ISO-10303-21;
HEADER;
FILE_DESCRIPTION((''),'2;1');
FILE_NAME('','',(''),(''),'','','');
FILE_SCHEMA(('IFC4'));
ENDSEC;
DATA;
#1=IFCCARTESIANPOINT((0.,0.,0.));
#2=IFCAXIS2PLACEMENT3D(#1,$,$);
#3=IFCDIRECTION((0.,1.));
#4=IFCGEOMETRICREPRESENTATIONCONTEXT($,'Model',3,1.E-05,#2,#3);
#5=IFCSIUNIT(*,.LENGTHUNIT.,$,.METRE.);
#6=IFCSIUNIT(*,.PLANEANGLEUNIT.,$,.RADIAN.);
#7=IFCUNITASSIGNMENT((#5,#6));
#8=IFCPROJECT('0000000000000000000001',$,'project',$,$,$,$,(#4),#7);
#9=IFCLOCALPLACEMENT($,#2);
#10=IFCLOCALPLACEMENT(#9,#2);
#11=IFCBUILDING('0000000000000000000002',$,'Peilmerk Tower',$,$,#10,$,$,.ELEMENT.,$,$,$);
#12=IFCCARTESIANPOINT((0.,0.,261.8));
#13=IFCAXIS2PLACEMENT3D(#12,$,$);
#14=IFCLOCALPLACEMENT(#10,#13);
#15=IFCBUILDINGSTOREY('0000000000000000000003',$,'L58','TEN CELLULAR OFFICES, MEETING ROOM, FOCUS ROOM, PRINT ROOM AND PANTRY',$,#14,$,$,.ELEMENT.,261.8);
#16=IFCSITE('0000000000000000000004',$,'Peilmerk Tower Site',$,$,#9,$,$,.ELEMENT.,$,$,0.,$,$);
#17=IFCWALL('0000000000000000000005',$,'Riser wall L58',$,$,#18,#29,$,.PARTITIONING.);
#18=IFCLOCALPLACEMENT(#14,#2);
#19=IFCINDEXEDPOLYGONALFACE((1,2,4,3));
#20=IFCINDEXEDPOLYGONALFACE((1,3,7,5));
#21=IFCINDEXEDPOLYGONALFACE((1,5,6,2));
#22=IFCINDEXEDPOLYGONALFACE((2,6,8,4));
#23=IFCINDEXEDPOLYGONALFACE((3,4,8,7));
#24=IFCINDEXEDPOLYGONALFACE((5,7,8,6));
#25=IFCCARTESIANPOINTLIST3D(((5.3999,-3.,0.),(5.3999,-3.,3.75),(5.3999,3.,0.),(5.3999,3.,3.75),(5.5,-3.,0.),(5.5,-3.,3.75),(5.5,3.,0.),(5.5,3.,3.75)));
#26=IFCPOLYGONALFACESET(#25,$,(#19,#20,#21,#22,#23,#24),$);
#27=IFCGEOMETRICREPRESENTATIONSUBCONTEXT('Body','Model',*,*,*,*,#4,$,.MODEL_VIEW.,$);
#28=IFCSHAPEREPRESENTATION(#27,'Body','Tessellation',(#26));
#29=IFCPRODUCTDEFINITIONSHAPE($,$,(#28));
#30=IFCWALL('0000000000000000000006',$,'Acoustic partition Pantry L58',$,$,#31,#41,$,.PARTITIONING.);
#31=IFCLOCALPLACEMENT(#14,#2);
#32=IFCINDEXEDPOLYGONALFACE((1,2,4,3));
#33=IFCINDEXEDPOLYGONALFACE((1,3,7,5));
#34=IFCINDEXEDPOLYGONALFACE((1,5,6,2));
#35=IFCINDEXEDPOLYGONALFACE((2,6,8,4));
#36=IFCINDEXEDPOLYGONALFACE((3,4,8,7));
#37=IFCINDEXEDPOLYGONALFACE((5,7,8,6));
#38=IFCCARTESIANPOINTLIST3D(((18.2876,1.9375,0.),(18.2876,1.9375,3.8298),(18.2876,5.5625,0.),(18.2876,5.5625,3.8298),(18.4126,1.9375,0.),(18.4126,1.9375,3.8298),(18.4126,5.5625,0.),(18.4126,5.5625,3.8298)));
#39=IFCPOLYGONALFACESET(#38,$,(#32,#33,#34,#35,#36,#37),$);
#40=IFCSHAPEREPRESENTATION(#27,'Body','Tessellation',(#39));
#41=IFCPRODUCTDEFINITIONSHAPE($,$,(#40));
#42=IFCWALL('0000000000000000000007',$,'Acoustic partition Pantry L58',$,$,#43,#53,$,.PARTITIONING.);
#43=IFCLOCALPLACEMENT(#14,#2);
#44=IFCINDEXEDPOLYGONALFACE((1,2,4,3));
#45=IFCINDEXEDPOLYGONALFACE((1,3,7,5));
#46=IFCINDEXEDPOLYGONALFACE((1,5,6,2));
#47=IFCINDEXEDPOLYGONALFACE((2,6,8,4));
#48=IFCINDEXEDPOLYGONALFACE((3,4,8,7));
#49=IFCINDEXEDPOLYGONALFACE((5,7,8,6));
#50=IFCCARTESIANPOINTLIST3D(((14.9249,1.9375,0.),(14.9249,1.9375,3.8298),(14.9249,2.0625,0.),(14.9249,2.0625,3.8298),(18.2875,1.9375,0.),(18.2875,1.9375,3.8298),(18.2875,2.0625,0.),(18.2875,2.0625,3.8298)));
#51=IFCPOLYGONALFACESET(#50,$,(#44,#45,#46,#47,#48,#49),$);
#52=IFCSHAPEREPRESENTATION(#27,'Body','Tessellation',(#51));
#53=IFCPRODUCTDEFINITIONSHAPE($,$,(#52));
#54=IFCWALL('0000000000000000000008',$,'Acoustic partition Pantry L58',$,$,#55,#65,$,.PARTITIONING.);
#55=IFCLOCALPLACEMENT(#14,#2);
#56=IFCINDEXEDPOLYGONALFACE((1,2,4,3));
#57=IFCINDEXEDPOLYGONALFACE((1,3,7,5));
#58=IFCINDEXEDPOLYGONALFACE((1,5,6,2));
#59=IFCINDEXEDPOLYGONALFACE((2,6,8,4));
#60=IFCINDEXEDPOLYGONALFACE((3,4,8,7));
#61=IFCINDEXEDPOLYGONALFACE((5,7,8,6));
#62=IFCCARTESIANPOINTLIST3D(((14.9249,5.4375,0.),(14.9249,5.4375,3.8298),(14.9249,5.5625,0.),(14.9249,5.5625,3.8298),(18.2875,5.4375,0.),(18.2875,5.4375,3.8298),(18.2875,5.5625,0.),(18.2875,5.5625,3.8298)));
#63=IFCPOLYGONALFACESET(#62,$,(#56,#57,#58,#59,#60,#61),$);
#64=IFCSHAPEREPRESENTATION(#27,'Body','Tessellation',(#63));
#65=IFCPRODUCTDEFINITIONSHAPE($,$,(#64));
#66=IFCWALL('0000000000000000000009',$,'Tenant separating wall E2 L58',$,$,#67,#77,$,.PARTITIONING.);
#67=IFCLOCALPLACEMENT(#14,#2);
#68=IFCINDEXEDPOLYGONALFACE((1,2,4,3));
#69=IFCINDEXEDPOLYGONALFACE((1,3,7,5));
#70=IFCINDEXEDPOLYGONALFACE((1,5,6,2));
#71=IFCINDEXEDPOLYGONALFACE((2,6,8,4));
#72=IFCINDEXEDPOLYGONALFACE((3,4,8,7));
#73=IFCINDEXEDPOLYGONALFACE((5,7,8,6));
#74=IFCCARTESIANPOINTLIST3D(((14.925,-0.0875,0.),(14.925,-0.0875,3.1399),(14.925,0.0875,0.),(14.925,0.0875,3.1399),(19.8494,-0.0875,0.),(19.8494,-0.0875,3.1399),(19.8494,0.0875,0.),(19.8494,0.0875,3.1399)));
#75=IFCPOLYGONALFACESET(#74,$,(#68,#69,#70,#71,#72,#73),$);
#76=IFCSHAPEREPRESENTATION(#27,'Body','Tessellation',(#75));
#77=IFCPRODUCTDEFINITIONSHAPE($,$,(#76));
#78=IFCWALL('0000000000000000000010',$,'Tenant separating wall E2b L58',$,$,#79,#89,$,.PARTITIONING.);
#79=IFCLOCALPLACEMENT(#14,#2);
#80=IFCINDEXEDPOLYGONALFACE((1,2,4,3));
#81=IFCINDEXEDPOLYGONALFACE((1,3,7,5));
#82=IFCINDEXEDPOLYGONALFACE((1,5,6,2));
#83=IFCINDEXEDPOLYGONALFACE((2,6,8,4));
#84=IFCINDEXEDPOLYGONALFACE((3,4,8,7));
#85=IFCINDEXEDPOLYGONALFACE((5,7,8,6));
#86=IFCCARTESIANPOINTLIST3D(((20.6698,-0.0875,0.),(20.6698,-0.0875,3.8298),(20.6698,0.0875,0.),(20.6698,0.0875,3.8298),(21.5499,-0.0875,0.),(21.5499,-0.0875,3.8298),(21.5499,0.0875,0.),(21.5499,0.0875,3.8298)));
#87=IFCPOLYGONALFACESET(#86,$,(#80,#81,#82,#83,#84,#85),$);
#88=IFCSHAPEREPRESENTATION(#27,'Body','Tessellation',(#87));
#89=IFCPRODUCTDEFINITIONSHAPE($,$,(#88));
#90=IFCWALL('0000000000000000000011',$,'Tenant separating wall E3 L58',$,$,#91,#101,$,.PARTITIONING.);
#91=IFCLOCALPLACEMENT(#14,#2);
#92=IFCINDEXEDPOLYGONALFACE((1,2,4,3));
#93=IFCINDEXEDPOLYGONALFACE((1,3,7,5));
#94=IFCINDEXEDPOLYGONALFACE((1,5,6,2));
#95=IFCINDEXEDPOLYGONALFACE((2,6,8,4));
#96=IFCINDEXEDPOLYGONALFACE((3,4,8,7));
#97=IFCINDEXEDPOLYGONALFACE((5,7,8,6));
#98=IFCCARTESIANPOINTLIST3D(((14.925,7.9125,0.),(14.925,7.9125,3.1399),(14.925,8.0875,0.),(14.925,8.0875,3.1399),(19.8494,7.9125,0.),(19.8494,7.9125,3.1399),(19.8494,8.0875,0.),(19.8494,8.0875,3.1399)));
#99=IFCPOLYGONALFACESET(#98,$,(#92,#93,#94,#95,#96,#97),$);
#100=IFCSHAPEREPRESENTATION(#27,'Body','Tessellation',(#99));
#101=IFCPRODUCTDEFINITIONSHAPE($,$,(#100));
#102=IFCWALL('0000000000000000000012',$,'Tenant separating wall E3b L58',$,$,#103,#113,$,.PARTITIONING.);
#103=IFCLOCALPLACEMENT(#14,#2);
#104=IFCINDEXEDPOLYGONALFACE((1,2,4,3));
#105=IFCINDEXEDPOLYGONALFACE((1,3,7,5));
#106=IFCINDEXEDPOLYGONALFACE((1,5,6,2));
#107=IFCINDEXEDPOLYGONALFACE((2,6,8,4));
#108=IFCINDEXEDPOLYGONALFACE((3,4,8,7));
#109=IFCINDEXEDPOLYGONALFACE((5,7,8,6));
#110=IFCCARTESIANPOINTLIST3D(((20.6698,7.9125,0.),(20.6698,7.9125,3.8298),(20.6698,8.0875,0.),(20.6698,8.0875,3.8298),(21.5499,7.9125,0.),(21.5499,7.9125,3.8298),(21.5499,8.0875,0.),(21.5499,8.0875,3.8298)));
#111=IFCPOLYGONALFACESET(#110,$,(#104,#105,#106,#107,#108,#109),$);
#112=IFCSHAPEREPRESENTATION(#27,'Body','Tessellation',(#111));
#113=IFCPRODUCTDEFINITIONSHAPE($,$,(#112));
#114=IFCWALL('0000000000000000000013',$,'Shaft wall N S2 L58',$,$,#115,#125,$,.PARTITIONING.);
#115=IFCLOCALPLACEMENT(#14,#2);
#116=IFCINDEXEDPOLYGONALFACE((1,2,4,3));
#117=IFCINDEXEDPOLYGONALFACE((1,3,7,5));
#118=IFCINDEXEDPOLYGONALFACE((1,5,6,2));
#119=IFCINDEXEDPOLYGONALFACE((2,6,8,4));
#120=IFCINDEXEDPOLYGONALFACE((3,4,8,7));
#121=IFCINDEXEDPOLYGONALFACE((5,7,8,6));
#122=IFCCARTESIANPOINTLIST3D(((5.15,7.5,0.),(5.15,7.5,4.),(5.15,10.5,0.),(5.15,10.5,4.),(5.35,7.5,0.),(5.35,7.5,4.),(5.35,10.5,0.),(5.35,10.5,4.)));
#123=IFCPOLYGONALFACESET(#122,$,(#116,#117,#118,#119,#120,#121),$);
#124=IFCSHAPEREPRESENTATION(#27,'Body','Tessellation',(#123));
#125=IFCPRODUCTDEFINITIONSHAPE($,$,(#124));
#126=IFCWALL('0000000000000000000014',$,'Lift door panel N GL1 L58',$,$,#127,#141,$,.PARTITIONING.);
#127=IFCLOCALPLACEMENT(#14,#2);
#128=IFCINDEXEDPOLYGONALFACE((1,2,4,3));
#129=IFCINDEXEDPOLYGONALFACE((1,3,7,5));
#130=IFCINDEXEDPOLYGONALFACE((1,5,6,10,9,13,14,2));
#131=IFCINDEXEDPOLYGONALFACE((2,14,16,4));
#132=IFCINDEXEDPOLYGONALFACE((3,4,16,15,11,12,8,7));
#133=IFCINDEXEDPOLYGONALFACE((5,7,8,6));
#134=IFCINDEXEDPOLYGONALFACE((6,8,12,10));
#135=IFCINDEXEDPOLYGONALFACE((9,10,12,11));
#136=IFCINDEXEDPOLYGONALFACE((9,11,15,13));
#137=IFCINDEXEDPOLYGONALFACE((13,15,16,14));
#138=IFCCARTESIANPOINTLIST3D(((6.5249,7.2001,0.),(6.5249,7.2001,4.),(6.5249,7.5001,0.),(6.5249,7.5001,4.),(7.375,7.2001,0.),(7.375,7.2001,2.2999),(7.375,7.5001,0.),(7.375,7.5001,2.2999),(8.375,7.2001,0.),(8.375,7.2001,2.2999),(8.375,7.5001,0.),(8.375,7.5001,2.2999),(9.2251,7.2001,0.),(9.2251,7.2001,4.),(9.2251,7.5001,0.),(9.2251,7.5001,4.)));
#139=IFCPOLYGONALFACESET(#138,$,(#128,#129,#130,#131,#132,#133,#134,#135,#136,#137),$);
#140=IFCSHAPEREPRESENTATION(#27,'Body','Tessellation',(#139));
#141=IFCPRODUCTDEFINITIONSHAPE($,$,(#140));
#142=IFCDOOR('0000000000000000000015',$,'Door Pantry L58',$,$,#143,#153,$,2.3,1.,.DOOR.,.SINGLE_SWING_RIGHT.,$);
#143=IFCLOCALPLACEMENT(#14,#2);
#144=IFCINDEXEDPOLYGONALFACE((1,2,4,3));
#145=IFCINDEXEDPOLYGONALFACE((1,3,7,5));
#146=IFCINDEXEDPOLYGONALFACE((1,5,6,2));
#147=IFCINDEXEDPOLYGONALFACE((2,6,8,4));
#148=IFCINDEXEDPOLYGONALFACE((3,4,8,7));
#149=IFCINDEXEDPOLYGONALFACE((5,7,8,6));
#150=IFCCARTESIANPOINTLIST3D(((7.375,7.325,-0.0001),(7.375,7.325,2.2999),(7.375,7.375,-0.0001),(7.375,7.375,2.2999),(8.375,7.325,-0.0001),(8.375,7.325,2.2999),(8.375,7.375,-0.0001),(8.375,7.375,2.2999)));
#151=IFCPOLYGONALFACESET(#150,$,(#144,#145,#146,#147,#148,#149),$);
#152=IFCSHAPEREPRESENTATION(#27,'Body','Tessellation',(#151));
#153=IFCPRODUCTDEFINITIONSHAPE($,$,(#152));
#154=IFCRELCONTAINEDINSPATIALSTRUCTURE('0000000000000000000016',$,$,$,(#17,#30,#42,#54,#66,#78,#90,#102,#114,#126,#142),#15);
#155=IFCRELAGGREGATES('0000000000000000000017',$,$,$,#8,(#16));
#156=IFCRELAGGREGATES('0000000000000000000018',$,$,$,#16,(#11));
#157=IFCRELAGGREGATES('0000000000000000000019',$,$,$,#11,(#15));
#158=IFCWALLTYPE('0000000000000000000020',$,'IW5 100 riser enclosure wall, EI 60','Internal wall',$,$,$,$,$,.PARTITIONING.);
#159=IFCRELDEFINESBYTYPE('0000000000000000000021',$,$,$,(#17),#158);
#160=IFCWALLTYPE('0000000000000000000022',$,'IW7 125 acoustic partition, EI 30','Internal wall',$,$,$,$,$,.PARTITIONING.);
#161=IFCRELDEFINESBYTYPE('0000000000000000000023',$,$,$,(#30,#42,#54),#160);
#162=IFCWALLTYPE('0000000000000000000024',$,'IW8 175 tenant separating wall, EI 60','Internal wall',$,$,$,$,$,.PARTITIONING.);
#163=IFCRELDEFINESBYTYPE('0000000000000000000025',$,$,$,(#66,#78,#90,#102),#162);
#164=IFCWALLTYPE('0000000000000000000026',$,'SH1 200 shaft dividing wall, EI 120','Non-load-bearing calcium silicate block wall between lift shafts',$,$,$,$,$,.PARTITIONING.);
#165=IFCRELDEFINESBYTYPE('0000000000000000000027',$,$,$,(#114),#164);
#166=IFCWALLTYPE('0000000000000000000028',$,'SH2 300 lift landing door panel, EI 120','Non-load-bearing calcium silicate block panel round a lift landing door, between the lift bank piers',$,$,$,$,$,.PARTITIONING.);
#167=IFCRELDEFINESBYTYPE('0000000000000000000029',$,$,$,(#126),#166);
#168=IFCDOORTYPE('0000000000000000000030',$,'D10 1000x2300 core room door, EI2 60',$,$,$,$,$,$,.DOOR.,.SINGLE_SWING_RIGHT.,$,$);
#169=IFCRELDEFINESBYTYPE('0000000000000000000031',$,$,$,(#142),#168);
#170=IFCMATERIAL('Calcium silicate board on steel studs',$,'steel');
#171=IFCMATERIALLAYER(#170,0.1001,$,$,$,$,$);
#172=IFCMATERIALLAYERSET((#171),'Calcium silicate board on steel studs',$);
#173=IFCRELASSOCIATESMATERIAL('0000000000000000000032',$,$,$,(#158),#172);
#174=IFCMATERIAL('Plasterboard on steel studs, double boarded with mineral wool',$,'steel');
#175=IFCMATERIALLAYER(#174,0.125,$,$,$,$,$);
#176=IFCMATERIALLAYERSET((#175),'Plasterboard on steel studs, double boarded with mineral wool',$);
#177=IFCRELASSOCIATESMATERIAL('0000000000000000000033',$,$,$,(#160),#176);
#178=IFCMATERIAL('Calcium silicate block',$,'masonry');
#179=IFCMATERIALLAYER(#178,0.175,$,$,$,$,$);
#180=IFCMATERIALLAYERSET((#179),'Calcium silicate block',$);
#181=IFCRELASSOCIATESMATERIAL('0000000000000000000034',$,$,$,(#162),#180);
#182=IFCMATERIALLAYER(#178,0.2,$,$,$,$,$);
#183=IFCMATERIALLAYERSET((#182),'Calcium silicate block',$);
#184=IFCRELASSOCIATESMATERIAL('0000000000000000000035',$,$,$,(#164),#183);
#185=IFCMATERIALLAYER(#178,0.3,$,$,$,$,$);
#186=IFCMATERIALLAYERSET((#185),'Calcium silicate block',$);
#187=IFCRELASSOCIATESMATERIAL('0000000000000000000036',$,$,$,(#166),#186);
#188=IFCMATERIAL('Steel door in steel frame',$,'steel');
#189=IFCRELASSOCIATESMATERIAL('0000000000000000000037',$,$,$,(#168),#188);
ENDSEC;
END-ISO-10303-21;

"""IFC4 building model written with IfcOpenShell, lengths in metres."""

from ifc_helpers import new_model, si_unit, direction, frame, frame_2d, origin, place, context, subcontext, project, spatial, rectangle, extrude, material, layer, layer_set, type_object, element, fill, save


model = new_model("IFC4")

# Units and contexts
model_context = context("Model", 3, precision=1e-05, world=origin(), true_north=direction((0.0, 1.0)))
body_context = subcontext(model_context, "Body", "Model", "MODEL_VIEW")
ifc_project = project(units=[si_unit("LENGTHUNIT", "METRE"), si_unit("PLANEANGLEUNIT", "RADIAN")], contexts=[model_context])

# Site, building, storey
site_placement = place(None, origin())
site = spatial("IfcSite", under=ifc_project, at=site_placement, Name="Peilmerk Tower Site", CompositionType="ELEMENT", RefElevation=0.0)
building_placement = place(site_placement, origin())
building = spatial("IfcBuilding", under=site, at=building_placement, Name="Peilmerk Tower", CompositionType="ELEMENT")
storey_placement = place(building_placement, frame((0.0, 0.0, 261.8)))
storey = spatial("IfcBuildingStorey", under=building, at=storey_placement, Name="L58", Description="TEN CELLULAR OFFICES, MEETING ROOM, FOCUS ROOM, PRINT ROOM AND PANTRY", CompositionType="ELEMENT", Elevation=261.8)

# Walls
ifc_material_1 = material(Name="Calcium silicate board on steel studs", Category="steel")
ifc_layer_1 = layer(ifc_material_1, 0.1001)
ifc_layer_set_1 = layer_set([ifc_layer_1], Name="Calcium silicate board on steel studs")
wall_type_1 = type_object("IfcWallType", Name="IW5 100 riser enclosure wall, EI 60", Description="Internal wall", PredefinedType="PARTITIONING", material=ifc_layer_set_1)
wall_1_placement = place(storey_placement, frame((5.45, 3.0, 0.0), z_axis=(0.0, 0.0, 1.0), x_axis=(0.0, -1.0, 0.0)))
element("IfcWall", 1, at=wall_1_placement, inside=storey, type_object=wall_type_1, Name="Riser wall L58", PredefinedType="PARTITIONING", context=body_context, shape_type="SweptSolid", body=[
    extrude(rectangle(XDim=6.0, YDim=0.1001, at=frame_2d((3.0, 0.0))), origin(), (0.0, 0.0, 1.0), 3.75),
])
ifc_material_2 = material(Name="Plasterboard on steel studs, double boarded with mineral wool", Category="steel")
ifc_layer_2 = layer(ifc_material_2, 0.125)
ifc_layer_set_2 = layer_set([ifc_layer_2], Name="Plasterboard on steel studs, double boarded with mineral wool")
wall_type_2 = type_object("IfcWallType", Name="IW7 125 acoustic partition, EI 30", Description="Internal wall", PredefinedType="PARTITIONING", material=ifc_layer_set_2)
wall_2_placement = place(storey_placement, frame((18.3501, 1.9375, 0.0), z_axis=(0.0, 0.0, 1.0), x_axis=(0.0, 1.0, 0.0)))
element("IfcWall", 2, at=wall_2_placement, inside=storey, type_object=wall_type_2, Name="Acoustic partition Pantry L58", PredefinedType="PARTITIONING", context=body_context, shape_type="SweptSolid", body=[
    extrude(rectangle(XDim=3.625, YDim=0.125, at=frame_2d((1.8125, 0.0))), origin(), (0.0, 0.0, 1.0), 3.8298),
])
for number, where, z_axis, x_axis, name in (
    (3, (14.925, 2.0, 0.0), (0.0, 0.0, 1.0), (1.0, 0.0, 0.0), "Acoustic partition Pantry L58"),
    (4, (14.925, 5.5, 0.0), (0.0, 0.0, 1.0), (1.0, 0.0, 0.0), "Acoustic partition Pantry L58"),
):
    element("IfcWall", number, at=place(storey_placement, frame(where, z_axis=z_axis, x_axis=x_axis)), inside=storey, type_object=wall_type_2, Name=name, PredefinedType="PARTITIONING", context=body_context, shape_type="SweptSolid", body=[
        extrude(rectangle(XDim=3.3625, YDim=0.125, at=frame_2d((1.6812, 0.0))), origin(), (0.0, 0.0, 1.0), 3.8298),
    ])
ifc_material_3 = material(Name="Calcium silicate block", Category="masonry")
ifc_layer_3 = layer(ifc_material_3, 0.175)
ifc_layer_set_3 = layer_set([ifc_layer_3], Name="Calcium silicate block")
wall_type_3 = type_object("IfcWallType", Name="IW8 175 tenant separating wall, EI 60", Description="Internal wall", PredefinedType="PARTITIONING", material=ifc_layer_set_3)
wall_3_placement = place(storey_placement, frame((14.925, 0.0, 0.0), z_axis=(0.0, 0.0, 1.0), x_axis=(1.0, 0.0, 0.0)))
element("IfcWall", 5, at=wall_3_placement, inside=storey, type_object=wall_type_3, Name="Tenant separating wall E2 L58", PredefinedType="PARTITIONING", context=body_context, shape_type="SweptSolid", body=[
    extrude(rectangle(XDim=4.9243, YDim=0.175, at=frame_2d((2.4622, 0.0))), origin(), (0.0, 0.0, 1.0), 3.1399),
])
wall_4_placement = place(storey_placement, frame((20.6699, 0.0, 0.0), z_axis=(0.0, 0.0, 1.0), x_axis=(1.0, 0.0, 0.0)))
element("IfcWall", 6, at=wall_4_placement, inside=storey, type_object=wall_type_3, Name="Tenant separating wall E2b L58", PredefinedType="PARTITIONING", context=body_context, shape_type="SweptSolid", body=[
    extrude(rectangle(XDim=0.8801, YDim=0.175, at=frame_2d((0.4399, 0.0))), origin(), (0.0, 0.0, 1.0), 3.8298),
])
wall_5_placement = place(storey_placement, frame((14.925, 8.0, 0.0), z_axis=(0.0, 0.0, 1.0), x_axis=(1.0, 0.0, 0.0)))
element("IfcWall", 7, at=wall_5_placement, inside=storey, type_object=wall_type_3, Name="Tenant separating wall E3 L58", PredefinedType="PARTITIONING", context=body_context, shape_type="SweptSolid", body=[
    extrude(rectangle(XDim=4.9243, YDim=0.175, at=frame_2d((2.4622, 0.0))), origin(), (0.0, 0.0, 1.0), 3.1399),
])
wall_6_placement = place(storey_placement, frame((20.6699, 8.0, 0.0), z_axis=(0.0, 0.0, 1.0), x_axis=(1.0, 0.0, 0.0)))
element("IfcWall", 8, at=wall_6_placement, inside=storey, type_object=wall_type_3, Name="Tenant separating wall E3b L58", PredefinedType="PARTITIONING", context=body_context, shape_type="SweptSolid", body=[
    extrude(rectangle(XDim=0.8801, YDim=0.175, at=frame_2d((0.4399, 0.0))), origin(), (0.0, 0.0, 1.0), 3.8298),
])
ifc_layer_4 = layer(ifc_material_3, 0.2)
ifc_layer_set_4 = layer_set([ifc_layer_4], Name="Calcium silicate block")
wall_type_4 = type_object("IfcWallType", Name="SH1 200 shaft dividing wall, EI 120", Description="Non-load-bearing calcium silicate block wall between lift shafts", PredefinedType="PARTITIONING", material=ifc_layer_set_4)
wall_7_placement = place(storey_placement, frame((5.25, 7.5, 0.0), z_axis=(0.0, 0.0, 1.0), x_axis=(0.0, 1.0, 0.0)))
element("IfcWall", 9, at=wall_7_placement, inside=storey, type_object=wall_type_4, Name="Shaft wall N S2 L58", PredefinedType="PARTITIONING", context=body_context, shape_type="SweptSolid", body=[
    extrude(rectangle(XDim=3.0, YDim=0.2, at=frame_2d((1.5, 0.0))), origin(), (0.0, 0.0, 1.0), 4.0),
])

# Wall, opening, door
ifc_layer_5 = layer(ifc_material_3, 0.3)
ifc_layer_set_5 = layer_set([ifc_layer_5], Name="Calcium silicate block")
wall_type_5 = type_object("IfcWallType", Name="SH2 300 lift landing door panel, EI 120", Description="Non-load-bearing calcium silicate block panel round a lift landing door, between the lift bank piers", PredefinedType="PARTITIONING", material=ifc_layer_set_5)
wall_8_placement = place(storey_placement, frame((6.5249, 7.3501, 0.0), z_axis=(0.0, 0.0, 1.0), x_axis=(1.0, 0.0, 0.0)))
wall_8 = element("IfcWall", 10, at=wall_8_placement, inside=storey, type_object=wall_type_5, Name="Lift door panel N GL1 L58", PredefinedType="PARTITIONING", context=body_context, shape_type="SweptSolid", body=[
    extrude(rectangle(XDim=2.7002, YDim=0.3, at=frame_2d((1.3501, 0.0))), origin(), (0.0, 0.0, 1.0), 4.0),
])
opening_1_placement = place(wall_8_placement, frame((0.8501, 0.0, 0.0)))
opening_1 = element("IfcOpeningElement", 11, at=opening_1_placement, cuts=wall_8, PredefinedType="OPENING", context=body_context, shape_type="SweptSolid", body=[
    extrude(rectangle(XDim=1.0, YDim=2.3, at=frame_2d((0.5, 1.1499))), frame((0.0, 0.1599, 0.0), z_axis=(0.0, -1.0, 0.0), x_axis=(1.0, 0.0, 0.0)), (0.0, 0.0, 1.0), 0.3201),
])
ifc_material_4 = material(Name="Steel door in steel frame", Category="steel")
door_type_1 = type_object("IfcDoorType", Name="D10 1000x2300 core room door, EI2 60", OperationType="SINGLE_SWING_RIGHT", PredefinedType="DOOR", material=ifc_material_4)
door_1_placement = place(opening_1_placement, origin())
door_1 = element("IfcDoor", 12, at=door_1_placement, inside=storey, type_object=door_type_1, Name="Door Pantry L58", OperationType="SINGLE_SWING_RIGHT", OverallHeight=2.3, OverallWidth=1.0, PredefinedType="DOOR", context=body_context, shape_type="SweptSolid", body=[
    extrude(rectangle(XDim=1.0, YDim=2.3, at=frame_2d((0.5, 1.1499))), frame((0.0, 0.0249, 0.0), z_axis=(0.0, -1.0, 0.0), x_axis=(1.0, 0.0, 0.0)), (0.0, 0.0, 1.0), 0.05),
])
fill(opening_1, door_1)

save(model, "model.ifc")
